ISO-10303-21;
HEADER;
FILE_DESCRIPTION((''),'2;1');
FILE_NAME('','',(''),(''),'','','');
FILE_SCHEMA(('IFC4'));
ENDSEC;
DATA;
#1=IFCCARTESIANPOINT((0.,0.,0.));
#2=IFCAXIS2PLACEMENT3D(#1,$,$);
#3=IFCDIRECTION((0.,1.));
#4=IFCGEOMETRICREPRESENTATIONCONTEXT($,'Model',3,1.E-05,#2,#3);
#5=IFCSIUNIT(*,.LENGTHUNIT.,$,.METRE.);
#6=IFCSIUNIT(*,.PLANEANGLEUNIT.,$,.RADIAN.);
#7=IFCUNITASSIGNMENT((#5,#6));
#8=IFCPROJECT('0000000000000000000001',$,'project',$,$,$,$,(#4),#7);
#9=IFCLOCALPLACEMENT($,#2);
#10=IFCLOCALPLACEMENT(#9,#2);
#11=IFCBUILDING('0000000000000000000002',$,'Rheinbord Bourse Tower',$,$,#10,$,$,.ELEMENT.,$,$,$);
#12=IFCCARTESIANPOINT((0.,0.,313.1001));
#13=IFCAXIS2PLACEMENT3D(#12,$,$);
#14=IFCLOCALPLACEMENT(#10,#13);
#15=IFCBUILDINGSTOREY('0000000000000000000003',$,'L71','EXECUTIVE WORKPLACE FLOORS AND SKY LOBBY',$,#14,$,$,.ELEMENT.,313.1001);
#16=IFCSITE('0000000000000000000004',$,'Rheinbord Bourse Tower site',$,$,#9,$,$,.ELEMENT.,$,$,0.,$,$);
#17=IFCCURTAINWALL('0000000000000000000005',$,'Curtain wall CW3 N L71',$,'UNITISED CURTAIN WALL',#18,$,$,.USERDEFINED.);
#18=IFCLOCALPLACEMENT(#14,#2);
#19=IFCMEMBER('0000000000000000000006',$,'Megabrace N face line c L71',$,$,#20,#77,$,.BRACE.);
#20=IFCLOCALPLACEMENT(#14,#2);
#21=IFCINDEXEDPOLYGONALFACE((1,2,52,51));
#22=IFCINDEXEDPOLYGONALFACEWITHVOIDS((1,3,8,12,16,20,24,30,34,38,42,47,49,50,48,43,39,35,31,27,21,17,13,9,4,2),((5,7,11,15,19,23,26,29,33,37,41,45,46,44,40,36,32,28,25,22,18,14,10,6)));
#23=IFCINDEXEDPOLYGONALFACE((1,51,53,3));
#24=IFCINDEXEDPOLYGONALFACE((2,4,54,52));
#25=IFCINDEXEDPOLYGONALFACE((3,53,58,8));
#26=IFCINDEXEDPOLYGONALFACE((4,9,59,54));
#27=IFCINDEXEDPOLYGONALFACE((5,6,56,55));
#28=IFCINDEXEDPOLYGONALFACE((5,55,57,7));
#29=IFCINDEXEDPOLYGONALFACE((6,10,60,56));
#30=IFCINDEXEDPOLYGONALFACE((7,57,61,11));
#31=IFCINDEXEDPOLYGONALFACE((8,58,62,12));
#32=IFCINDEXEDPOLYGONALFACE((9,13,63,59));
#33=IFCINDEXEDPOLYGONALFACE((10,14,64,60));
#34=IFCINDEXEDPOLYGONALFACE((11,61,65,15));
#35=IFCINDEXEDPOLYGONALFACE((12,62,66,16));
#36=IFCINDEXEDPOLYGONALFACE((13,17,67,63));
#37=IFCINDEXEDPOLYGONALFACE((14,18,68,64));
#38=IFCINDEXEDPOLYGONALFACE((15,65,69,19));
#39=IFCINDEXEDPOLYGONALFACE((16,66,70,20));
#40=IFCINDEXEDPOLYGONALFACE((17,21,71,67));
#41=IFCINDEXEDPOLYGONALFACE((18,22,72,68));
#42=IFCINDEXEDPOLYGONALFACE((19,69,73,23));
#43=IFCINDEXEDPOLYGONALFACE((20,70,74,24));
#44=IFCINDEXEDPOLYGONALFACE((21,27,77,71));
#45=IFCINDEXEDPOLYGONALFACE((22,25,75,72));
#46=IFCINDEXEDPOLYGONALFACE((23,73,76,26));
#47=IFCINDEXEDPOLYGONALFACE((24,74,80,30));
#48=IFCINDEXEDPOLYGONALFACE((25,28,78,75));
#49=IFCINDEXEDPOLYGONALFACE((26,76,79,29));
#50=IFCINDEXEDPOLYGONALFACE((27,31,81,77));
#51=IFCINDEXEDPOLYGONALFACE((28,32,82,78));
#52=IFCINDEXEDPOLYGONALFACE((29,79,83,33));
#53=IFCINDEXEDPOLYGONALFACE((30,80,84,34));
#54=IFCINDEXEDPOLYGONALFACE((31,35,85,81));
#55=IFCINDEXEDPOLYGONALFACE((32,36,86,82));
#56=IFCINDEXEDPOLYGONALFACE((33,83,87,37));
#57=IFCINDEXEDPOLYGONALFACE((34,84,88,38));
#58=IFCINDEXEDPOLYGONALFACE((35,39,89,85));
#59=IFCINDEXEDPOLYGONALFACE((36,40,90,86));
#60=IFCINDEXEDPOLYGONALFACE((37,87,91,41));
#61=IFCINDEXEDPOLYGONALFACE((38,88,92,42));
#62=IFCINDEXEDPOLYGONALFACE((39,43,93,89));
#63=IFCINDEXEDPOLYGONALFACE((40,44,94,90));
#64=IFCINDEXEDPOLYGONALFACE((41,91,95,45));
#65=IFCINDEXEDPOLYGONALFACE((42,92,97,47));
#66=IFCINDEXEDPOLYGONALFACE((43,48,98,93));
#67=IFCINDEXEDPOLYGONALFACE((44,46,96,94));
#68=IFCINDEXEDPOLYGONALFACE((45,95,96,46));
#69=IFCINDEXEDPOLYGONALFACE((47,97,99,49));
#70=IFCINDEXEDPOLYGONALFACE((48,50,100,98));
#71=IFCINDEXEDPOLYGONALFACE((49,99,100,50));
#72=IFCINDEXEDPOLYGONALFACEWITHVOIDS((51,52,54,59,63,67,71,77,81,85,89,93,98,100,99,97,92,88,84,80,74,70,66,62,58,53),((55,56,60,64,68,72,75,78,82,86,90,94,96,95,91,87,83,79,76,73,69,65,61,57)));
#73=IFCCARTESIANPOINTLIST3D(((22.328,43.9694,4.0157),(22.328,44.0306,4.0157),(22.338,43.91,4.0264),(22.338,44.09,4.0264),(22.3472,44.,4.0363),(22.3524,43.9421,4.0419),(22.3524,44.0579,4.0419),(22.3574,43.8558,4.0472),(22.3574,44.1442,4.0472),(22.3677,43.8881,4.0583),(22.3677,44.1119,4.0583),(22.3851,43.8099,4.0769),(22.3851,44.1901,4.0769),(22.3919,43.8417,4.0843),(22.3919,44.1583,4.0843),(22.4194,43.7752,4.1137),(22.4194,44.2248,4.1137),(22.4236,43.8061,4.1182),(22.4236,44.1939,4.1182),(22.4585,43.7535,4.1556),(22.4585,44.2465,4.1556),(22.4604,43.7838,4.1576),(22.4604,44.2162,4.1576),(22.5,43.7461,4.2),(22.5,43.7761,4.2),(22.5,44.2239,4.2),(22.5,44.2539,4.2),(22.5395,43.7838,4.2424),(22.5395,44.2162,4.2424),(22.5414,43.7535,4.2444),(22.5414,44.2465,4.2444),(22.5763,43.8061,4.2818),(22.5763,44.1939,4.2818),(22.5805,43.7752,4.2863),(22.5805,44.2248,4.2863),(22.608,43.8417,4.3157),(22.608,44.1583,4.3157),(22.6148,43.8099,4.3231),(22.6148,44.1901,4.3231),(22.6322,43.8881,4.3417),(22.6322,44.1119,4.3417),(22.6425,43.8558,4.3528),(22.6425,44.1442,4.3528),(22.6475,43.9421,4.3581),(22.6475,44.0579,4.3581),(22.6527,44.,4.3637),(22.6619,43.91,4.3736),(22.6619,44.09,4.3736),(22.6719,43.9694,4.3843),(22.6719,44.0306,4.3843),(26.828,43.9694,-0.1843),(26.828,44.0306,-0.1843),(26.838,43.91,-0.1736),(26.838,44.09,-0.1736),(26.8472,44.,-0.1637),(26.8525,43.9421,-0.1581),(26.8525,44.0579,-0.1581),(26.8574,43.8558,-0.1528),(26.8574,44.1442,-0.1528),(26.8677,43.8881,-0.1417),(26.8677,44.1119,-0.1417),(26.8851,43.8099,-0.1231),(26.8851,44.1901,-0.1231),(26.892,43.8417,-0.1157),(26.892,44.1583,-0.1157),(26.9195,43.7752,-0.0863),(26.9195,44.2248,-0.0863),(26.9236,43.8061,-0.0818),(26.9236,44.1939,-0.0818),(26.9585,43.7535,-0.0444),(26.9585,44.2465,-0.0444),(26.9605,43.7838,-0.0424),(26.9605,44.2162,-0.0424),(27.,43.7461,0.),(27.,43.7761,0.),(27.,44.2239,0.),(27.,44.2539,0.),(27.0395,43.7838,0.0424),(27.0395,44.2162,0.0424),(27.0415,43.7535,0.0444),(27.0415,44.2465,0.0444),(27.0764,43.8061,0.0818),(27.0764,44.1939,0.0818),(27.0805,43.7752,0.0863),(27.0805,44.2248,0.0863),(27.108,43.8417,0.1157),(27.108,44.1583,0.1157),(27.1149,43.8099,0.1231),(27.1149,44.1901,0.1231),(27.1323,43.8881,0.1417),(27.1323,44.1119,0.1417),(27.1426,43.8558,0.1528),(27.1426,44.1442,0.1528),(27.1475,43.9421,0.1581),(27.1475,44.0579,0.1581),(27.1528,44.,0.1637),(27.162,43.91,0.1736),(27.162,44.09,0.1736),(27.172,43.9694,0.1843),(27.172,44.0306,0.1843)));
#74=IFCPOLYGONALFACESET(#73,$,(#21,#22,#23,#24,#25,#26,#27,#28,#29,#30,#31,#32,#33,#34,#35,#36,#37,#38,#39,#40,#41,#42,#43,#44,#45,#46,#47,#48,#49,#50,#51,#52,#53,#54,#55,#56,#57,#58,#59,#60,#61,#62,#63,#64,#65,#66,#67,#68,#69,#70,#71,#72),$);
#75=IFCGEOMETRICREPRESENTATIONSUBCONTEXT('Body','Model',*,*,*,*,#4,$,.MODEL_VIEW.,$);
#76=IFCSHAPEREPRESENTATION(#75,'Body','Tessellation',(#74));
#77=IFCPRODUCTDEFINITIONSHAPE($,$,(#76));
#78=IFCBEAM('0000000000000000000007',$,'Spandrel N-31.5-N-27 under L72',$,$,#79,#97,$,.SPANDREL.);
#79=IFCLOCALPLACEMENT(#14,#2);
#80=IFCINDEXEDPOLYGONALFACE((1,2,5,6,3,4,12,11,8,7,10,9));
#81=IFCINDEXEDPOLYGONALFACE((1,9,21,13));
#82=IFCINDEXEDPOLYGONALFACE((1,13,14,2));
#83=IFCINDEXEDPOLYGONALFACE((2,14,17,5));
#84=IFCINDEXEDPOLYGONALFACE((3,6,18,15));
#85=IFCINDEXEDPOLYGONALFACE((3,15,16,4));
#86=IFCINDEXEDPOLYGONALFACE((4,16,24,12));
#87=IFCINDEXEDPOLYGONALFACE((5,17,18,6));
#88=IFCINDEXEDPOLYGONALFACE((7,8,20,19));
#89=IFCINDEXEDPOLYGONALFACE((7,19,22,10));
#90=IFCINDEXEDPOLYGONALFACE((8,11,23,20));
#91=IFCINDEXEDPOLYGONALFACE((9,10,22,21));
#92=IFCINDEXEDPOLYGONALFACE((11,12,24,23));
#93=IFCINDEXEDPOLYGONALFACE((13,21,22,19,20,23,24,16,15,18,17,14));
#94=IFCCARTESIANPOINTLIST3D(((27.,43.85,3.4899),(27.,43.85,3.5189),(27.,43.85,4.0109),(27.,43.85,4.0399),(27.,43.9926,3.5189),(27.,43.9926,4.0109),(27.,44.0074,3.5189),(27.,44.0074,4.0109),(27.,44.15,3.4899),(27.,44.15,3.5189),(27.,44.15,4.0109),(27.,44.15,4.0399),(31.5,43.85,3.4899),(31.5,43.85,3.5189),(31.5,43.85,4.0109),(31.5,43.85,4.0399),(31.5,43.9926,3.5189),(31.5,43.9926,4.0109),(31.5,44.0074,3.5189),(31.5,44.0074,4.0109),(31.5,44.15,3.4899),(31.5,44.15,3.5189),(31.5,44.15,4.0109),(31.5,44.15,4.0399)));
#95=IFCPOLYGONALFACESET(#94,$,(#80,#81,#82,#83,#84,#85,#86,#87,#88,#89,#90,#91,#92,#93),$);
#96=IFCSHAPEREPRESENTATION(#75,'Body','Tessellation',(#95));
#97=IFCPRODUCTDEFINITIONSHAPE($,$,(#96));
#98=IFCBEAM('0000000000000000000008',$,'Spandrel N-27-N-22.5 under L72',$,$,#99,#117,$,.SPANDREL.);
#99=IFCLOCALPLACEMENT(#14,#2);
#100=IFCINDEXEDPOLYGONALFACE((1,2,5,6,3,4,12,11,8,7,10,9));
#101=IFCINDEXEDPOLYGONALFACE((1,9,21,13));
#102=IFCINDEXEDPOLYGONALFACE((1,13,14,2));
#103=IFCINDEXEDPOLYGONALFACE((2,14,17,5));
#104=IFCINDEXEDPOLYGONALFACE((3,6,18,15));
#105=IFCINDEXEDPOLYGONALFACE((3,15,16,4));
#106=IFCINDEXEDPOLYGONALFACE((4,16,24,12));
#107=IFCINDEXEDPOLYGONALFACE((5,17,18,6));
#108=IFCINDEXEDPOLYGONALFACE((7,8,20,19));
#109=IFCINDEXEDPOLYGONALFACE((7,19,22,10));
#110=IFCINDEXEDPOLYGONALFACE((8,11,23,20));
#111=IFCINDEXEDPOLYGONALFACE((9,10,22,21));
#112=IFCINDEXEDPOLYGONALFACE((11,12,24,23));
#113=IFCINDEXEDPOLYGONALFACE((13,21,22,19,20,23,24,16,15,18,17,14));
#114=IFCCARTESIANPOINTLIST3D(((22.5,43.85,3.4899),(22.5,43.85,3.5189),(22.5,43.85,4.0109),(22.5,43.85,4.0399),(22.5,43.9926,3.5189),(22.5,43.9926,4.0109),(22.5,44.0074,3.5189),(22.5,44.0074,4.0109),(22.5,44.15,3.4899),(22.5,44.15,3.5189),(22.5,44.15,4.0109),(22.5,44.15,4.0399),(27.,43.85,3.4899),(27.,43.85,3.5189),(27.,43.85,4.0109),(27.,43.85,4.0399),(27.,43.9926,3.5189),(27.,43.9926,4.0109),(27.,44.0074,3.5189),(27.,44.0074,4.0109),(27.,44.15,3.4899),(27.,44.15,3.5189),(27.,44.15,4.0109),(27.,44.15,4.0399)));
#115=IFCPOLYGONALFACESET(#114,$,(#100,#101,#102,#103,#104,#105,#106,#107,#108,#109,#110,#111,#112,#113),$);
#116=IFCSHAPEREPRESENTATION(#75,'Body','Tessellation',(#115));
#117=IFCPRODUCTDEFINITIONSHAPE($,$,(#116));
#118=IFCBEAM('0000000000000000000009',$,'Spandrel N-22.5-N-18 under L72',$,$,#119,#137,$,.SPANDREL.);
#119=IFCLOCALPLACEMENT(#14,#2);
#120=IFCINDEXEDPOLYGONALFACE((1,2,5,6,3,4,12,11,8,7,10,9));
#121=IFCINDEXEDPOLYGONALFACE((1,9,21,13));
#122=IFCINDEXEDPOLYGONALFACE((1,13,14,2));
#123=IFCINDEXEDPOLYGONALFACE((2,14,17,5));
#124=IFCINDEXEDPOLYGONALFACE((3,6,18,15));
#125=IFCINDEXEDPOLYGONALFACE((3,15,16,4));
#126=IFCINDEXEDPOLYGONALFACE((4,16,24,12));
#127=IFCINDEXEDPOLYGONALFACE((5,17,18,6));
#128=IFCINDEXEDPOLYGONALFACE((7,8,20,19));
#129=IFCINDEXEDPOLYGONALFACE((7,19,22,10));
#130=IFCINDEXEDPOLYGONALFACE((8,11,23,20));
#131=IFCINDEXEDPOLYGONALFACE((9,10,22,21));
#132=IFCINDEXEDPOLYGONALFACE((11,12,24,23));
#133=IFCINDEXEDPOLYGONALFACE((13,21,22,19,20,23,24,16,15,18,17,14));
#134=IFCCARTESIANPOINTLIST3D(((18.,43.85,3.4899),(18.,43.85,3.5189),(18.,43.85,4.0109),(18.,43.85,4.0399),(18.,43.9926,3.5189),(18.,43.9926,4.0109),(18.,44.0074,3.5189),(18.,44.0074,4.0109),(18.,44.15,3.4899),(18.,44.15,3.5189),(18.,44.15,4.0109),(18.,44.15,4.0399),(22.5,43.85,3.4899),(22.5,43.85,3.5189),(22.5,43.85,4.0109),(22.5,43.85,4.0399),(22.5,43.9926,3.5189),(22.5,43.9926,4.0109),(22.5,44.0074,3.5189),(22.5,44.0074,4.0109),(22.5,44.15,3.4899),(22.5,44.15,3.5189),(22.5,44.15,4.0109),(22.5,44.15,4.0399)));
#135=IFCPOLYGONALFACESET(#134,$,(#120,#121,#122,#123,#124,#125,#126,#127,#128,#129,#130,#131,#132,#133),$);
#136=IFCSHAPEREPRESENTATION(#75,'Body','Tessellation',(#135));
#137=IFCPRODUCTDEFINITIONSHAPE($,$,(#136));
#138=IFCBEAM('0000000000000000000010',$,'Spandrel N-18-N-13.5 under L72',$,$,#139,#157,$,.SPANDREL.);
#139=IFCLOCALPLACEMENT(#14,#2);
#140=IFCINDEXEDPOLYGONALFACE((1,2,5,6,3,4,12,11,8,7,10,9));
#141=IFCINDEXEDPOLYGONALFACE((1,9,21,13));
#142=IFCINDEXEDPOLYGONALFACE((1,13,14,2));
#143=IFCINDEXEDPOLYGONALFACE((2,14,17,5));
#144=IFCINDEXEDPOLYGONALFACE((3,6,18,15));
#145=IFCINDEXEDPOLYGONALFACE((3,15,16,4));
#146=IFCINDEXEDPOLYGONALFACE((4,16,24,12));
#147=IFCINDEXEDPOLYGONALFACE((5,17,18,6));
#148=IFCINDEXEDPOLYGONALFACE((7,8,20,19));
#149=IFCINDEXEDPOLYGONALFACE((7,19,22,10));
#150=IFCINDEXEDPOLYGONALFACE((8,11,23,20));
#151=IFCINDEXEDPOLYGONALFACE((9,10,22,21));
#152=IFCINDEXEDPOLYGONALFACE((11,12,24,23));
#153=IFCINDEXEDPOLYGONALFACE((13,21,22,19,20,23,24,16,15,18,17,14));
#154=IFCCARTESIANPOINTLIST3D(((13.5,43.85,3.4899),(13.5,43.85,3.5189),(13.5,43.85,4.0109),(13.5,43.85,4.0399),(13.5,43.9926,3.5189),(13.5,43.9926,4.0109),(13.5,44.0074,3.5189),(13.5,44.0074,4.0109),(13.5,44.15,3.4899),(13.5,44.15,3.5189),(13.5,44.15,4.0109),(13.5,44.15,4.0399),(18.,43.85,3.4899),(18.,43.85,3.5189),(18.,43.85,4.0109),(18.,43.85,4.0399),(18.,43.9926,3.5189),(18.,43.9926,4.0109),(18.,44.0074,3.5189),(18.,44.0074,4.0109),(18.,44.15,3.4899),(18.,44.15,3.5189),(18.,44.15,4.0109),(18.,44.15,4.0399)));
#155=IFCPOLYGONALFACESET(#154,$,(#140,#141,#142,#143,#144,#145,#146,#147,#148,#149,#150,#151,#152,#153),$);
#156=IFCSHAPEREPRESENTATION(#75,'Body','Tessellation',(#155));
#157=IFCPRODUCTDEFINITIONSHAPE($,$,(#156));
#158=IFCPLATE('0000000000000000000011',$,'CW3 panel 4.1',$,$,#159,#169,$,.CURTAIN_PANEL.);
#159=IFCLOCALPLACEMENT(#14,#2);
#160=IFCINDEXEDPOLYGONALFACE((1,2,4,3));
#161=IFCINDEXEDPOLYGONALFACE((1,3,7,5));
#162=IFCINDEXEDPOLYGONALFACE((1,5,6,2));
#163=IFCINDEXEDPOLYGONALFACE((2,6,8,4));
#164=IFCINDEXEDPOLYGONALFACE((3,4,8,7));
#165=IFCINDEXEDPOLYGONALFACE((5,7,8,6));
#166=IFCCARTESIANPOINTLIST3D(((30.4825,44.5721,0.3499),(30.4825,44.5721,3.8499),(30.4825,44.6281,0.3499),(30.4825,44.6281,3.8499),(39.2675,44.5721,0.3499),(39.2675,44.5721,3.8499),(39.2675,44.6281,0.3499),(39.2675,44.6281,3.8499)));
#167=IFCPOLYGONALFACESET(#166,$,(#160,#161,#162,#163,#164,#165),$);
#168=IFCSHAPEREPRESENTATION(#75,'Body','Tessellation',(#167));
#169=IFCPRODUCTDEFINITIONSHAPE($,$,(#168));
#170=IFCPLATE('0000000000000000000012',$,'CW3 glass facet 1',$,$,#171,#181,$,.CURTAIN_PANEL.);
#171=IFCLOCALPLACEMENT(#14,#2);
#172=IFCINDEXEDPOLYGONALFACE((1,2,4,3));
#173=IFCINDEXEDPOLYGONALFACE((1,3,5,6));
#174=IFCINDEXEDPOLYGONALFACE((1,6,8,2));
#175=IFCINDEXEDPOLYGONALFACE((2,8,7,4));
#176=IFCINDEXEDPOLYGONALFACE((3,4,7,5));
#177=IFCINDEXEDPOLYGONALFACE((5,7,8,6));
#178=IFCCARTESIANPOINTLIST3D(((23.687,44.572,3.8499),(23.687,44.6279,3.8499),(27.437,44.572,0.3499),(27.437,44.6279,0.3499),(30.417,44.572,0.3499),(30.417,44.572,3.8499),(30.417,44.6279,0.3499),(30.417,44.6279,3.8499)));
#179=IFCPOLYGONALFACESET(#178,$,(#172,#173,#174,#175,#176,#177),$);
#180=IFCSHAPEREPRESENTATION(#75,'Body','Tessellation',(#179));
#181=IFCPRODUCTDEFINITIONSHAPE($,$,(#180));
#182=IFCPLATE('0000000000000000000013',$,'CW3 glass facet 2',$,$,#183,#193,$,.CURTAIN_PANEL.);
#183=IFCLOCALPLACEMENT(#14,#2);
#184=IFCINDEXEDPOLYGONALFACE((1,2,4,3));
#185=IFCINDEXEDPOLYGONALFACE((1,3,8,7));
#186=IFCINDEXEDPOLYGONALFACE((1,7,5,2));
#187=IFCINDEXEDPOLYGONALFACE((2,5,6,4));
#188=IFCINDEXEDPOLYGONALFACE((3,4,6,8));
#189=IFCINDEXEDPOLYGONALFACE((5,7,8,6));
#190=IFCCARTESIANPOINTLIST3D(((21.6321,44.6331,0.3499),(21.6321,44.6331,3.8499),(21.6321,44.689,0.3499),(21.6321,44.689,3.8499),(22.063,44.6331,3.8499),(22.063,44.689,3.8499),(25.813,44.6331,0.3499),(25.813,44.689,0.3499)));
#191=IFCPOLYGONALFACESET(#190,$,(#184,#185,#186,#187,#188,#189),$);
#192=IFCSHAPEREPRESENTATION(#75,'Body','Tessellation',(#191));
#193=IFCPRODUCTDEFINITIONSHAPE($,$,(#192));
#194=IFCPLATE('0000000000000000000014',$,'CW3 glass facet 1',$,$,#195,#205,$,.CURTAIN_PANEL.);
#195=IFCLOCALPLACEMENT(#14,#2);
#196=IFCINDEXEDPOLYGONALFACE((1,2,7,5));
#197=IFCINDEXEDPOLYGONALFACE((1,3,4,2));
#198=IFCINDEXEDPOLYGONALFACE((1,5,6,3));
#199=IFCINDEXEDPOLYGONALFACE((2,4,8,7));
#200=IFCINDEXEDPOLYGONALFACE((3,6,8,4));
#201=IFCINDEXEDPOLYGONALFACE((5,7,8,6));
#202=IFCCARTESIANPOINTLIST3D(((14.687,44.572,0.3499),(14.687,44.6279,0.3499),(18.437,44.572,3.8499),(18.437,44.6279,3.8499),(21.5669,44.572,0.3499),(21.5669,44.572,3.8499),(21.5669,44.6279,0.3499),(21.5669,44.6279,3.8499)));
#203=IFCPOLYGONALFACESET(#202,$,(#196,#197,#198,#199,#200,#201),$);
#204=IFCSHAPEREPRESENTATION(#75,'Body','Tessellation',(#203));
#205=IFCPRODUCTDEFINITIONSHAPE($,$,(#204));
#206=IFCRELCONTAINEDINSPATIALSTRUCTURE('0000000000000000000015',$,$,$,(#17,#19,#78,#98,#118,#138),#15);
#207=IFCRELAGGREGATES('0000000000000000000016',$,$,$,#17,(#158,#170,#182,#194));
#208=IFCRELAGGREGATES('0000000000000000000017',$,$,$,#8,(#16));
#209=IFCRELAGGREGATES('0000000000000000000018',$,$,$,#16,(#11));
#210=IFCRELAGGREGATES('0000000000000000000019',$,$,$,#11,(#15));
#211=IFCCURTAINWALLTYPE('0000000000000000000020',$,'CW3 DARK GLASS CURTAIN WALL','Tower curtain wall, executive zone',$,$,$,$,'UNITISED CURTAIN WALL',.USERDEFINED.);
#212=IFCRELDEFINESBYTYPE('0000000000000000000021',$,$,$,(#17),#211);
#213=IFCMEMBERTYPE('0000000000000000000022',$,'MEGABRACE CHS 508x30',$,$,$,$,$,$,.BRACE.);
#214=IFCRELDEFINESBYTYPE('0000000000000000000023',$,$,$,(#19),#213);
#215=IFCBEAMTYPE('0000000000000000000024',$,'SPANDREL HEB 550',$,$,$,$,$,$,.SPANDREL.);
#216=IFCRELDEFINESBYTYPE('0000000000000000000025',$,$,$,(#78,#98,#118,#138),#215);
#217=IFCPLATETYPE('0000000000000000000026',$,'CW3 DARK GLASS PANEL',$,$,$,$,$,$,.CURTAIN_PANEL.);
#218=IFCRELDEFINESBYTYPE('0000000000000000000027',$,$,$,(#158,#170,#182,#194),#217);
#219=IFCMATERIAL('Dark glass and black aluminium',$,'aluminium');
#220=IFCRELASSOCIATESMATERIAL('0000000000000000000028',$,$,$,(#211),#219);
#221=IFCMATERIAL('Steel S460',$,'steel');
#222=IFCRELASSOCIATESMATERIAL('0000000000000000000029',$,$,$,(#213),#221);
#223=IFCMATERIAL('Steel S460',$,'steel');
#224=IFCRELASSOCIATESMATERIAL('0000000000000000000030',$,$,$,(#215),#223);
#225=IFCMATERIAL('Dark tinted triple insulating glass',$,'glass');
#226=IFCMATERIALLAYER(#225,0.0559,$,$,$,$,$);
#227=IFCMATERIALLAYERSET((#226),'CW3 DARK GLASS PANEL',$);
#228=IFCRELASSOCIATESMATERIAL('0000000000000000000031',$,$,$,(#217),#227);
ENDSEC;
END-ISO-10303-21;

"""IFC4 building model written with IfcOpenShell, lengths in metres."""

from ifc_helpers import new_model, si_unit, direction, frame, origin, origin_2d, place, context, subcontext, project, spatial, polyline, rectangle, hollow_circle, i_section, outline, extrude, material, layer, layer_set, material_profile, profile_set, type_object, element, aggregate, save


model = new_model("IFC4")

# Units and contexts
model_context = context("Model", 3, precision=1e-05, world=origin(), true_north=direction((0.0, 1.0)))
body_context = subcontext(model_context, "Body", "Model", "MODEL_VIEW")
ifc_project = project(units=[si_unit("LENGTHUNIT", "METRE"), si_unit("PLANEANGLEUNIT", "RADIAN")], contexts=[model_context])

# Site, building, storey
site_placement = place(None, origin())
site = spatial("IfcSite", under=ifc_project, at=site_placement, Name="Rheinbord Bourse Tower site", CompositionType="ELEMENT", RefElevation=0.0)
building_placement = place(site_placement, origin())
building = spatial("IfcBuilding", under=site, at=building_placement, Name="Rheinbord Bourse Tower", CompositionType="ELEMENT")
storey_placement = place(building_placement, frame((0.0, 0.0, 313.1001)))
storey = spatial("IfcBuildingStorey", under=building, at=storey_placement, Name="L71", Description="EXECUTIVE WORKPLACE FLOORS AND SKY LOBBY", CompositionType="ELEMENT", Elevation=313.1001)

# Curtain wall
ifc_material_1 = material(Name="Dark glass and black aluminium", Category="aluminium")
curtain_wall_type = type_object("IfcCurtainWallType", Name="CW3 DARK GLASS CURTAIN WALL", Description="Tower curtain wall, executive zone", ElementType="UNITISED CURTAIN WALL", PredefinedType="USERDEFINED", material=ifc_material_1)
curtain_wall_placement = place(storey_placement, origin())
curtain_wall = element("IfcCurtainWall", 1, at=curtain_wall_placement, inside=storey, type_object=curtain_wall_type, Name="Curtain wall CW3 N L71", ObjectType="UNITISED CURTAIN WALL", PredefinedType="USERDEFINED")

# Member
ifc_material_2 = material(Name="Steel S460", Category="steel")
ifc_material_profile_1 = material_profile(ifc_material_2, hollow_circle(Radius=0.2539, WallThickness=0.03, at=origin_2d()), Name="CHS 508x30")
ifc_profile_set_1 = profile_set([ifc_material_profile_1], Name="Steel S460")
member_type_1 = type_object("IfcMemberType", Name="MEGABRACE CHS 508x30", PredefinedType="BRACE", material=ifc_profile_set_1)
member_1_placement = place(storey_placement, frame((27.0, 44.0, 0.0), z_axis=(-0.731059, 0.0, 0.682314), x_axis=(0.0, -1.0, 0.0)))
element("IfcMember", 2, at=member_1_placement, inside=storey, type_object=member_type_1, Name="Megabrace N face line c L71", PredefinedType="BRACE", context=body_context, shape_type="SweptSolid", body=[
    extrude(hollow_circle(Radius=0.2539, WallThickness=0.03, at=origin_2d()), origin(), (0.0, 0.0, 1.0), 6.1555),
])

# Beams
ifc_material_3 = material(Name="Steel S460", Category="steel")
ifc_material_profile_2 = material_profile(ifc_material_3, i_section(OverallWidth=0.3, OverallDepth=0.55, WebThickness=0.0149, FlangeThickness=0.0291, at=origin_2d()), Name="HEB 550")
ifc_profile_set_2 = profile_set([ifc_material_profile_2], Name="Steel S460")
beam_type_1 = type_object("IfcBeamType", Name="SPANDREL HEB 550", PredefinedType="SPANDREL", material=ifc_profile_set_2)
for number, where, z_axis, x_axis, name in (
    (3, (31.5, 44.0, 3.7649), (-1.0, 0.0, 0.0), (0.0, -1.0, 0.0), "Spandrel N-31.5-N-27 under L72"),
    (4, (27.0, 44.0, 3.7649), (-1.0, 0.0, 0.0), (0.0, -1.0, 0.0), "Spandrel N-27-N-22.5 under L72"),
    (5, (22.5, 44.0, 3.7649), (-1.0, 0.0, 0.0), (0.0, -1.0, 0.0), "Spandrel N-22.5-N-18 under L72"),
    (6, (18.0, 44.0, 3.7649), (-1.0, 0.0, 0.0), (0.0, -1.0, 0.0), "Spandrel N-18-N-13.5 under L72"),
):
    element("IfcBeam", number, at=place(storey_placement, frame(where, z_axis=z_axis, x_axis=x_axis)), inside=storey, type_object=beam_type_1, Name=name, PredefinedType="SPANDREL", context=body_context, shape_type="SweptSolid", body=[
        extrude(i_section(OverallWidth=0.3, OverallDepth=0.55, WebThickness=0.0149, FlangeThickness=0.0291, at=origin_2d()), origin(), (0.0, 0.0, 1.0), 4.5),
    ])

# Plates
ifc_material_4 = material(Name="Dark tinted triple insulating glass", Category="glass")
ifc_layer_1 = layer(ifc_material_4, 0.0559)
ifc_layer_set_1 = layer_set([ifc_layer_1], Name="CW3 DARK GLASS PANEL")
plate_type = type_object("IfcPlateType", Name="CW3 DARK GLASS PANEL", PredefinedType="CURTAIN_PANEL", material=ifc_layer_set_1)
plate_1_placement = place(storey_placement, frame((34.875, 44.6001, 0.3499), z_axis=(0.0, 0.0, 1.0), x_axis=(-1.0, 0.0, 0.0)))
plate_1 = element("IfcPlate", 7, at=plate_1_placement, type_object=plate_type, Name="CW3 panel 4.1", PredefinedType="CURTAIN_PANEL", context=body_context, shape_type="SweptSolid", body=[
    extrude(rectangle(XDim=8.7849, YDim=0.0559, at=origin_2d()), origin(), (0.0, 0.0, 1.0), 3.5),
])
plate_2_placement = place(storey_placement, frame((30.417, 44.6279, 0.3499), z_axis=(0.0, -1.0, 0.0), x_axis=(0.0, 0.0, 1.0)))
plate_2 = element("IfcPlate", 8, at=plate_2_placement, type_object=plate_type, Name="CW3 glass facet 1", PredefinedType="CURTAIN_PANEL", context=body_context, shape_type="SweptSolid", body=[
    extrude(outline(polyline([(0.0, 0.0), (3.5, 0.0), (3.5, 6.73), (0.0, 2.98), (0.0, 0.0)])), origin(), (0.0, 0.0, 1.0), 0.0559),
])
plate_3_placement = place(storey_placement, frame((21.6321, 44.689, 3.8499), z_axis=(0.0, -1.0, 0.0), x_axis=(0.0, 0.0, -1.0)))
plate_3 = element("IfcPlate", 9, at=plate_3_placement, type_object=plate_type, Name="CW3 glass facet 2", PredefinedType="CURTAIN_PANEL", context=body_context, shape_type="SweptSolid", body=[
    extrude(outline(polyline([(0.0, 0.0), (3.5, 0.0), (3.5, 4.1809), (0.0, 0.4309), (0.0, 0.0)])), origin(), (0.0, 0.0, 1.0), 0.0559),
])
plate_4_placement = place(storey_placement, frame((21.5669, 44.6279, 0.3499), z_axis=(0.0, -1.0, 0.0), x_axis=(0.0, 0.0, 1.0)))
plate_4 = element("IfcPlate", 10, at=plate_4_placement, type_object=plate_type, Name="CW3 glass facet 1", PredefinedType="CURTAIN_PANEL", context=body_context, shape_type="SweptSolid", body=[
    extrude(outline(polyline([(0.0, 0.0), (3.5, 0.0), (3.5, 3.1299), (0.0, 6.8799), (0.0, 0.0)])), origin(), (0.0, 0.0, 1.0), 0.0559),
])
aggregate(curtain_wall, [plate_1, plate_2, plate_3, plate_4])

save(model, "model.ifc")
